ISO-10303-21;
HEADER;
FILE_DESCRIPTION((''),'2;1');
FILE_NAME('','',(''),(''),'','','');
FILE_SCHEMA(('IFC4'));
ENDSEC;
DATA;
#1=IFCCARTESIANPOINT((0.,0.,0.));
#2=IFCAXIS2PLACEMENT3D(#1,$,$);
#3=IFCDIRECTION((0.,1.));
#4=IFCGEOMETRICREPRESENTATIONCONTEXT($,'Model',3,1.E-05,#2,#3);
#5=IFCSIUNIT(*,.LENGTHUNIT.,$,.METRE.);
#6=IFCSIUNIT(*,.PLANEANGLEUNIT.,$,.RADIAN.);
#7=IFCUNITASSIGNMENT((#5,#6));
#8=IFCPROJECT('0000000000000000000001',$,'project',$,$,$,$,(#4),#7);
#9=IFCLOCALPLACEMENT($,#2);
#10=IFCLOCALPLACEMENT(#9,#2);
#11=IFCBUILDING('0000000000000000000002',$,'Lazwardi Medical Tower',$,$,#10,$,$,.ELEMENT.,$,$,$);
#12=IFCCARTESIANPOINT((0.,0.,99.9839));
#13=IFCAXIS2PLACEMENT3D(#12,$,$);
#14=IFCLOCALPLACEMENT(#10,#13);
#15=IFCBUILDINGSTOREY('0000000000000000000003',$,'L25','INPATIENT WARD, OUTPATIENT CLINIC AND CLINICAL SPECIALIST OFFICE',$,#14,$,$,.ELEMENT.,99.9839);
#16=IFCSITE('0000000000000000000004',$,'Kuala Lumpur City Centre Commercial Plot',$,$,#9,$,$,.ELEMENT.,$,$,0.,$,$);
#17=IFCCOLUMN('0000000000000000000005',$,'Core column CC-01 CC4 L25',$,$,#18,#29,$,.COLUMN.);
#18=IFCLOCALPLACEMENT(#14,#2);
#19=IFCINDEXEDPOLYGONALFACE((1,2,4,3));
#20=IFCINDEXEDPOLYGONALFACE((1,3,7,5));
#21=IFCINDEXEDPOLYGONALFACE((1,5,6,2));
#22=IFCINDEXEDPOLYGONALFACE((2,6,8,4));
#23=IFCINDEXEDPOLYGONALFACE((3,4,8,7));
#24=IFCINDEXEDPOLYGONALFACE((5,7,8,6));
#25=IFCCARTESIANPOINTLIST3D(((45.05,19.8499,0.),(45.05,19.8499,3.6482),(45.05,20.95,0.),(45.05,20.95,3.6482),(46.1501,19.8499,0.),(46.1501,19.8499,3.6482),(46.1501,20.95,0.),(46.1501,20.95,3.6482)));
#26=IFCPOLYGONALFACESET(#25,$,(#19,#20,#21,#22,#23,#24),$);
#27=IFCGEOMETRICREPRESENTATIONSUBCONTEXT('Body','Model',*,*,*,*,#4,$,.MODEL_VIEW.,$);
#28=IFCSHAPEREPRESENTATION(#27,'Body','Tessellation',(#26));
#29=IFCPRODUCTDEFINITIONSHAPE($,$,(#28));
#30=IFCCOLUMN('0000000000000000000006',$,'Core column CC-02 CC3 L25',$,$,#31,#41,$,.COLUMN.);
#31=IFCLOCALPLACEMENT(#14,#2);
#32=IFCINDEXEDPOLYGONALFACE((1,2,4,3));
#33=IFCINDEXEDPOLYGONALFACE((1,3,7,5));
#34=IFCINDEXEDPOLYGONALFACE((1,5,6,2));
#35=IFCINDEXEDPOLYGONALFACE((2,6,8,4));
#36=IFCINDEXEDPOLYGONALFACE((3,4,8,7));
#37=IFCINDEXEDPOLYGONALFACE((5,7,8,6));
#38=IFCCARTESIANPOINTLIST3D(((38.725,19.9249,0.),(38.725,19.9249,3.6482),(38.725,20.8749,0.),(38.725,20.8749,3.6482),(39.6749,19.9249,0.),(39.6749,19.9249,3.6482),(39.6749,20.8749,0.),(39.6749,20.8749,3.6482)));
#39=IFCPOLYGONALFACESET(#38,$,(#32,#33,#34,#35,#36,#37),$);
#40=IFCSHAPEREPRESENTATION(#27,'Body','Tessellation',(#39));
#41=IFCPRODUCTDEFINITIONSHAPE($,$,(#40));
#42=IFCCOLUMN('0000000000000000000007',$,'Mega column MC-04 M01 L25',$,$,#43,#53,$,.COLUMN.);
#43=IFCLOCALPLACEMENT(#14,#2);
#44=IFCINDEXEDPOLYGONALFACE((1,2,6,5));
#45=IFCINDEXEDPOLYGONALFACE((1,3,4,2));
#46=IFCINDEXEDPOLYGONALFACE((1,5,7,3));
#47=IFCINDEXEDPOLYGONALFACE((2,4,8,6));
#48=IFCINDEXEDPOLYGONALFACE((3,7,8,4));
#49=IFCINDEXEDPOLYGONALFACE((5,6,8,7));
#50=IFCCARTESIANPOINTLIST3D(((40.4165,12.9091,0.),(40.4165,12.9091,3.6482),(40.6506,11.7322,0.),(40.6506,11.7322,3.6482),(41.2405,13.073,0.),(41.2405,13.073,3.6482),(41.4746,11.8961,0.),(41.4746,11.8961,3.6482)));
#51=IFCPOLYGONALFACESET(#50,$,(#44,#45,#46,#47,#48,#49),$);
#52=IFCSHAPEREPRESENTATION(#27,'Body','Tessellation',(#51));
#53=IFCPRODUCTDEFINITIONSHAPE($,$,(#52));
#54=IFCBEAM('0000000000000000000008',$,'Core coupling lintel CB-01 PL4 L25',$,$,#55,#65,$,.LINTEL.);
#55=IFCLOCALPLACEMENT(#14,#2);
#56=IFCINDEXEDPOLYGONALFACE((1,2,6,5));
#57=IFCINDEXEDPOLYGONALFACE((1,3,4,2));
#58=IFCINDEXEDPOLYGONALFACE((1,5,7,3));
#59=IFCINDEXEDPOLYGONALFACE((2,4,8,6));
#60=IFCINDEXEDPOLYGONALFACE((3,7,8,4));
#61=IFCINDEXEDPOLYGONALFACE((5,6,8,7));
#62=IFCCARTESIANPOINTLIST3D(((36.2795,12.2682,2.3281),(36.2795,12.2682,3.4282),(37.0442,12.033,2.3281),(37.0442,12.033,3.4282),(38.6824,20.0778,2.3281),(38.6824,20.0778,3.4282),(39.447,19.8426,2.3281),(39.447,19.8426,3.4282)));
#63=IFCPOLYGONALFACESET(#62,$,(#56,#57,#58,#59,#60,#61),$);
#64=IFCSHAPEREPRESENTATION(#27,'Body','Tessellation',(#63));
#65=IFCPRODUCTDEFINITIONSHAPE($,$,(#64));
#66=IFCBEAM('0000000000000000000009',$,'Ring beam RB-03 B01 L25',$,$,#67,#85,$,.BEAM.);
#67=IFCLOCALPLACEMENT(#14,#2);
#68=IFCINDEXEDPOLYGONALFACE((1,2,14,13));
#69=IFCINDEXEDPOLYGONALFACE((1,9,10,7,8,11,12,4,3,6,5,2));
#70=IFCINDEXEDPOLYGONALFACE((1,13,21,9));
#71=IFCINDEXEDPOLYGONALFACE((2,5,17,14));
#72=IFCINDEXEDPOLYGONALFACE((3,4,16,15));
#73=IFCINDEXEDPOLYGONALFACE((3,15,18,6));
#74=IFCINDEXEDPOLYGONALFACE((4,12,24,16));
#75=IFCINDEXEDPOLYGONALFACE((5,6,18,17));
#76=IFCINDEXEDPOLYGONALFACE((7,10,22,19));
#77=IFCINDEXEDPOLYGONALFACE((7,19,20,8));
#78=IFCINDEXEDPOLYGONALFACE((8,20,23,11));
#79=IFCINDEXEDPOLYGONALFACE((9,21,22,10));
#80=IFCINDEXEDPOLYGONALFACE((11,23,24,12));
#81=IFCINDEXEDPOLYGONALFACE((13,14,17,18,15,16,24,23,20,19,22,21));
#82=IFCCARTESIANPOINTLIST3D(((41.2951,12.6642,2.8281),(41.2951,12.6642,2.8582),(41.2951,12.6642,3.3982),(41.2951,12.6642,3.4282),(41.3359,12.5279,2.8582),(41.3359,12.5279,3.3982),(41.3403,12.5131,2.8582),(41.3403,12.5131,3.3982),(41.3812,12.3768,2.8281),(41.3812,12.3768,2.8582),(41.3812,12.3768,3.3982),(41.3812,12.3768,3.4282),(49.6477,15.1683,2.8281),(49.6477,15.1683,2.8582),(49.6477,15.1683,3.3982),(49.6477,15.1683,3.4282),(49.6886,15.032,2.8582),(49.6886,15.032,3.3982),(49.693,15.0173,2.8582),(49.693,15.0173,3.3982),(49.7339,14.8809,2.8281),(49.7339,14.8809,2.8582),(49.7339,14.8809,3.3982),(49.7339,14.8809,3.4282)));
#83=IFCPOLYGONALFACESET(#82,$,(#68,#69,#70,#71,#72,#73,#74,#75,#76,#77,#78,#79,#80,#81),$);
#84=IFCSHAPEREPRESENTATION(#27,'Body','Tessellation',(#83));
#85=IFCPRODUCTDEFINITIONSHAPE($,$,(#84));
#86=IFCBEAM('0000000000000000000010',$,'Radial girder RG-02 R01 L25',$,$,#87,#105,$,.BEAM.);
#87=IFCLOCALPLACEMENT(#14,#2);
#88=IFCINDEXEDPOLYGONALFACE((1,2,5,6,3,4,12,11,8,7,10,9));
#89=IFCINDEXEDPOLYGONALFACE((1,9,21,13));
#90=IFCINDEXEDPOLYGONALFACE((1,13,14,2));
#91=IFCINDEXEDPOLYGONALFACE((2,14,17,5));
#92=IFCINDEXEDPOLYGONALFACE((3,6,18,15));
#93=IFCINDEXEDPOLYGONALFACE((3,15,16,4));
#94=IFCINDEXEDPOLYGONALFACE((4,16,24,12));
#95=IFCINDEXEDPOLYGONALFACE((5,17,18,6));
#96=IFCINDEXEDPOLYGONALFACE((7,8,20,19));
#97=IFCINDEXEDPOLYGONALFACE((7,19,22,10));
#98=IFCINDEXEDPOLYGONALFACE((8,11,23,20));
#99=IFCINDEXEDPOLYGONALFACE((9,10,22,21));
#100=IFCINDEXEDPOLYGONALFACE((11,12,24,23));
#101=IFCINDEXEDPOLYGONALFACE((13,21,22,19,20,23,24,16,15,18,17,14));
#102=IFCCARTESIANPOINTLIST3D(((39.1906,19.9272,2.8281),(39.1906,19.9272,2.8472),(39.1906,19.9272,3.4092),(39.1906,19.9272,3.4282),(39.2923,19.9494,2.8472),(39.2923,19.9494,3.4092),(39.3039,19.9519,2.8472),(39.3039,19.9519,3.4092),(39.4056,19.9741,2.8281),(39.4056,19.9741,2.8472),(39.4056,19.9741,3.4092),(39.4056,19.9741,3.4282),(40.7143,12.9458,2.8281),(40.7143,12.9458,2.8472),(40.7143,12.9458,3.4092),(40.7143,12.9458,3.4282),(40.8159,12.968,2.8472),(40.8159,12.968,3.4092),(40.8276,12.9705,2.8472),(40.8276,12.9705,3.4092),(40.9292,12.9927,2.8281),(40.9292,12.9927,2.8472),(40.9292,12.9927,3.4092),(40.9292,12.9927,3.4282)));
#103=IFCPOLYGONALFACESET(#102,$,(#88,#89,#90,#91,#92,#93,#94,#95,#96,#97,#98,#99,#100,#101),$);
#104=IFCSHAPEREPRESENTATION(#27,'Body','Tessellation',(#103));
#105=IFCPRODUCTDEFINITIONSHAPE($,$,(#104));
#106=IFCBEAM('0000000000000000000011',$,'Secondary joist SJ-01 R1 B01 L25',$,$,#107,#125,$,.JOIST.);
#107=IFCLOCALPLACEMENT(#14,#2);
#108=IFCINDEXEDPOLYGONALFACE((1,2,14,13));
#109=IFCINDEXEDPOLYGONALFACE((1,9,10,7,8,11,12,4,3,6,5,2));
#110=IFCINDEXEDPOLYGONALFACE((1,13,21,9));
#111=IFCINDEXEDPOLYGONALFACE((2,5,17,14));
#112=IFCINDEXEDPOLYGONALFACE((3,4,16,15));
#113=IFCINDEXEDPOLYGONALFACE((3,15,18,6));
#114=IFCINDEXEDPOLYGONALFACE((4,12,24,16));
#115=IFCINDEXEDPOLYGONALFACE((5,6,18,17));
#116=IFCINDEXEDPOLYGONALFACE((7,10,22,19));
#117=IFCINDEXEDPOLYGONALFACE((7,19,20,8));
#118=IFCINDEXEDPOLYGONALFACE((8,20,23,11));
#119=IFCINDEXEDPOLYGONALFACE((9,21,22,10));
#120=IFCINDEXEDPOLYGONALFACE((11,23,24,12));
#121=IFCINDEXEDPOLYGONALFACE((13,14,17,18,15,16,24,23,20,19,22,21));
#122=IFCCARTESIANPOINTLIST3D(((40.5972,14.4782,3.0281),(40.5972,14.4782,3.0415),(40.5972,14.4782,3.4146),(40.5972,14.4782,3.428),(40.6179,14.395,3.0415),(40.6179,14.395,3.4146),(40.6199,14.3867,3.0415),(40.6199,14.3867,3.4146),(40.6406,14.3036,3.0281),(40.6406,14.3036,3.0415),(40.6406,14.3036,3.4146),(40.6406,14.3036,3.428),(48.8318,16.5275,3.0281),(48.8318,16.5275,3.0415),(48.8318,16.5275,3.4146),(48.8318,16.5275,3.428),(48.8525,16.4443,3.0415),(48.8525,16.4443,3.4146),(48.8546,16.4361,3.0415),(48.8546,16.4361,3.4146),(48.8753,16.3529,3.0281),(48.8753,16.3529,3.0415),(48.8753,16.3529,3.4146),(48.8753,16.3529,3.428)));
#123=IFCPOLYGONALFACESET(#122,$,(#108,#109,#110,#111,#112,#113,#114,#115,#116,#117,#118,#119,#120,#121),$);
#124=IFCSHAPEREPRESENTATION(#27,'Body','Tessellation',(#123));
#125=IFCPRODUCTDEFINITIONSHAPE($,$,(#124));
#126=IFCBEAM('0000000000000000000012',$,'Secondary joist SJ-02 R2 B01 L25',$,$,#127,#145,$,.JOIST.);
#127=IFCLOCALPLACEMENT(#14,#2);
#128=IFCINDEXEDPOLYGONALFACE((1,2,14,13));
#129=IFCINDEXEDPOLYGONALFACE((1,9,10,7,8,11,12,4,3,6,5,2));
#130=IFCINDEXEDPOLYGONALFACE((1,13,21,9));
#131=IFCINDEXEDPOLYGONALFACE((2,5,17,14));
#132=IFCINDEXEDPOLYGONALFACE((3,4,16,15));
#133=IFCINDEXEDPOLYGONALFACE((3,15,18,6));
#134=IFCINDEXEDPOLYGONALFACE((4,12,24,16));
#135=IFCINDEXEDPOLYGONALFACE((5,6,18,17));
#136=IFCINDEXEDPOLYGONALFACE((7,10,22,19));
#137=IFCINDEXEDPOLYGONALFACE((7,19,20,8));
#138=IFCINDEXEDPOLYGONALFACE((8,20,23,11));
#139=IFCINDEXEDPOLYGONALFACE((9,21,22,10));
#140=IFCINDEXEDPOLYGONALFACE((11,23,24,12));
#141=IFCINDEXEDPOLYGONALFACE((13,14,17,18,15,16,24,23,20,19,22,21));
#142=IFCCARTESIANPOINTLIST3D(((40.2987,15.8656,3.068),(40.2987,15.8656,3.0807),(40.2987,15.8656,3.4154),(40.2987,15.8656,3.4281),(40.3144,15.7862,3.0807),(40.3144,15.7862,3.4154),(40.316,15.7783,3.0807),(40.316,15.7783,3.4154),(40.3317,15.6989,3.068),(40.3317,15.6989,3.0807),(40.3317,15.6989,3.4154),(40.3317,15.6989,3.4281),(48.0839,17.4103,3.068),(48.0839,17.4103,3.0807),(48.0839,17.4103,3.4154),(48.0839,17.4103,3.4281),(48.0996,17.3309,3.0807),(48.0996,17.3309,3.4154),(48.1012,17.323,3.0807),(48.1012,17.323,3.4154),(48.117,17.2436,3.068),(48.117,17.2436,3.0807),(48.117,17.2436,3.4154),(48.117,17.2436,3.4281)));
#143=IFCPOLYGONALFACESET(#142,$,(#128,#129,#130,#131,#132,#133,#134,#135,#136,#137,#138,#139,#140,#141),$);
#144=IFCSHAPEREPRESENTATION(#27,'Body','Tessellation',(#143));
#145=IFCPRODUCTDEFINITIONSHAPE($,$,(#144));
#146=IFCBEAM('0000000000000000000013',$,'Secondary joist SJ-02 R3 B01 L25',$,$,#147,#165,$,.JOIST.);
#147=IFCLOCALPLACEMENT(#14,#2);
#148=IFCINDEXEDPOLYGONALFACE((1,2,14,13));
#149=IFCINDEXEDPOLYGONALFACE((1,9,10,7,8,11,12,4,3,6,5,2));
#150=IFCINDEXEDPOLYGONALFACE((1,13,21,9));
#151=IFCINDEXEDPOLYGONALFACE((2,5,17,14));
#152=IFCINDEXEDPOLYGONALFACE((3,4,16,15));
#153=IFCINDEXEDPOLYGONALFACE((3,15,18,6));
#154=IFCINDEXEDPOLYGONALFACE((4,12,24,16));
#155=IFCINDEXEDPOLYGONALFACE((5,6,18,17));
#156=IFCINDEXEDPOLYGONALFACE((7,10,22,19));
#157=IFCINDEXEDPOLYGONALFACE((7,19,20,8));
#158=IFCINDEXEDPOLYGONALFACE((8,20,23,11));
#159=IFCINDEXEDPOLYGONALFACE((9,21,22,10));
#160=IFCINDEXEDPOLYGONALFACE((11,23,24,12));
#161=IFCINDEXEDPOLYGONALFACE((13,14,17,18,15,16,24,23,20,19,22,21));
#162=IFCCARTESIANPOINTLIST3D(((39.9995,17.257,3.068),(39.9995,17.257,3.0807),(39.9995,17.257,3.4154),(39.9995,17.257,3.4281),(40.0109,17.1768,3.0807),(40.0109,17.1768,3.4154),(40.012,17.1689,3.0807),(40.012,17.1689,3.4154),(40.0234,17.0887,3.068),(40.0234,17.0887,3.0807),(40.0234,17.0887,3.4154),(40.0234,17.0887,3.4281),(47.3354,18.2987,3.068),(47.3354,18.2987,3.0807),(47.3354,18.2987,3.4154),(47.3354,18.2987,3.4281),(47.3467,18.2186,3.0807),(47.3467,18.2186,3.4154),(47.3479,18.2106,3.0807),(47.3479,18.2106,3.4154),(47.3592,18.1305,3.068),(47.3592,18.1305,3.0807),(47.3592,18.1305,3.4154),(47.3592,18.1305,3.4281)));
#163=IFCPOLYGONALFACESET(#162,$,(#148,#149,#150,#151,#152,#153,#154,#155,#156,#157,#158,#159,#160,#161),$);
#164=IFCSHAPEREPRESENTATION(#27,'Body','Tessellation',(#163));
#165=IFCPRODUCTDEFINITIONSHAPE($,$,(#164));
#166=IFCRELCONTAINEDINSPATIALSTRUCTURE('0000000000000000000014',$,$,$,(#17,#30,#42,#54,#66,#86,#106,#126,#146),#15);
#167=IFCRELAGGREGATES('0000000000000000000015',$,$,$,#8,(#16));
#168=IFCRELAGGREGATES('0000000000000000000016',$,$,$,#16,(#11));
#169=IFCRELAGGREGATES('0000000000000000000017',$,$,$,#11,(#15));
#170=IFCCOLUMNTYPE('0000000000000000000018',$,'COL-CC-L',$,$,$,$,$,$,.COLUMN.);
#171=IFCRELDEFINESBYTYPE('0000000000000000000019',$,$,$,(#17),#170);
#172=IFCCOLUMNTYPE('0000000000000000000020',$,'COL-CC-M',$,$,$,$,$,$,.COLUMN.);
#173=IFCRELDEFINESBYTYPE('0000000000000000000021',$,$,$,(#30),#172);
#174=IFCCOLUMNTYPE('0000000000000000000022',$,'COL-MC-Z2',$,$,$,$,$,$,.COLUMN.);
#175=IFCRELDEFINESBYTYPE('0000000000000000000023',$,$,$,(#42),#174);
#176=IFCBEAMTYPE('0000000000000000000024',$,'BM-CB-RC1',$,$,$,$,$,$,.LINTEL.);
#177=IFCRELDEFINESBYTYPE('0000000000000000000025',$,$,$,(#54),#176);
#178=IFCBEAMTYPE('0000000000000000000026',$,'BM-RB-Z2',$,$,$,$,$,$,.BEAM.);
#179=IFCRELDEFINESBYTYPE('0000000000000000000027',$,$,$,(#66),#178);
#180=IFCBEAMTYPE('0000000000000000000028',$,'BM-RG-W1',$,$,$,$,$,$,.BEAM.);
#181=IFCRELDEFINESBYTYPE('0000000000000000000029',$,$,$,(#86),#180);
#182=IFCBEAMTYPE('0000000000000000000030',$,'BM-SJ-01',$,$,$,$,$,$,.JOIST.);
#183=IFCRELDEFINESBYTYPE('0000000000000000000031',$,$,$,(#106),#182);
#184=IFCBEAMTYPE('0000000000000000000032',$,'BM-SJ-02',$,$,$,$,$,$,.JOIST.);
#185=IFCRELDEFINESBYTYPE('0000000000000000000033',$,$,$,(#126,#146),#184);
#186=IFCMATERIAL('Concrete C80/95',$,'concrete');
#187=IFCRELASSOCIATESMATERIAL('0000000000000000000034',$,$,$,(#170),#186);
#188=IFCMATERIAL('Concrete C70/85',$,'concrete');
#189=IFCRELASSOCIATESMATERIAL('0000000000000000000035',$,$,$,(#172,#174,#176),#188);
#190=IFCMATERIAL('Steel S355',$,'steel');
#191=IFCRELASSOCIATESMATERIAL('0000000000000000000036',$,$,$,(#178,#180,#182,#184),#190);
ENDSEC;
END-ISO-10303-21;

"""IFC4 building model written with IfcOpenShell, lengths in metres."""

from ifc_helpers import new_model, si_unit, direction, frame, origin, origin_2d, place, context, subcontext, project, spatial, rectangle, i_section, extrude, material, material_profile, profile_set, type_object, element, save


model = new_model("IFC4")

# Units and contexts
model_context = context("Model", 3, precision=1e-05, world=origin(), true_north=direction((0.0, 1.0)))
body_context = subcontext(model_context, "Body", "Model", "MODEL_VIEW")
ifc_project = project(units=[si_unit("LENGTHUNIT", "METRE"), si_unit("PLANEANGLEUNIT", "RADIAN")], contexts=[model_context])

# Site, building, storey
site_placement = place(None, origin())
site = spatial("IfcSite", under=ifc_project, at=site_placement, Name="Kuala Lumpur City Centre Commercial Plot", CompositionType="ELEMENT", RefElevation=0.0)
building_placement = place(site_placement, origin())
building = spatial("IfcBuilding", under=site, at=building_placement, Name="Lazwardi Medical Tower", CompositionType="ELEMENT")
storey_placement = place(building_placement, frame((0.0, 0.0, 99.9839)))
storey = spatial("IfcBuildingStorey", under=building, at=storey_placement, Name="L25", Description="INPATIENT WARD, OUTPATIENT CLINIC AND CLINICAL SPECIALIST OFFICE", CompositionType="ELEMENT", Elevation=99.9839)

# Columns
ifc_material_1 = material(Name="Concrete C80/95", Category="concrete")
ifc_material_profile_1 = material_profile(ifc_material_1, rectangle(XDim=1.1001, YDim=1.1001, at=origin_2d()), Name="RC 1100x1100")
ifc_profile_set_1 = profile_set([ifc_material_profile_1], Name="Concrete C80/95")
column_type_1 = type_object("IfcColumnType", Name="COL-CC-L", PredefinedType="COLUMN", material=ifc_profile_set_1)
column_1_placement = place(storey_placement, frame((45.6001, 20.3999, 0.0), z_axis=(0.0, 0.0, 1.0), x_axis=(1.0, 0.0, 0.0)))
element("IfcColumn", 1, at=column_1_placement, inside=storey, type_object=column_type_1, Name="Core column CC-01 CC4 L25", PredefinedType="COLUMN", context=body_context, shape_type="SweptSolid", body=[
    extrude(rectangle(XDim=1.1001, YDim=1.1001, at=origin_2d()), origin(), (0.0, 0.0, 1.0), 3.6482),
])
ifc_material_2 = material(Name="Concrete C70/85", Category="concrete")
ifc_material_profile_2 = material_profile(ifc_material_2, rectangle(XDim=0.95, YDim=0.95, at=origin_2d()), Name="RC 950x950")
ifc_profile_set_2 = profile_set([ifc_material_profile_2], Name="Concrete C70/85")
column_type_2 = type_object("IfcColumnType", Name="COL-CC-M", PredefinedType="COLUMN", material=ifc_profile_set_2)
column_2_placement = place(storey_placement, frame((39.2, 20.3999, 0.0), z_axis=(0.0, 0.0, 1.0), x_axis=(1.0, 0.0, 0.0)))
element("IfcColumn", 2, at=column_2_placement, inside=storey, type_object=column_type_2, Name="Core column CC-02 CC3 L25", PredefinedType="COLUMN", context=body_context, shape_type="SweptSolid", body=[
    extrude(rectangle(XDim=0.95, YDim=0.95, at=origin_2d()), origin(), (0.0, 0.0, 1.0), 3.6482),
])
ifc_material_profile_3 = material_profile(ifc_material_2, rectangle(XDim=1.2, YDim=0.8401, at=origin_2d()), Name="CFT-RECT 1200x840")
ifc_profile_set_3 = profile_set([ifc_material_profile_3], Name="Concrete C70/85")
column_type_3 = type_object("IfcColumnType", Name="COL-MC-Z2", PredefinedType="COLUMN", material=ifc_profile_set_3)
column_3_placement = place(storey_placement, frame((40.9456, 12.4026, 0.0), z_axis=(0.0, 0.0, 1.0), x_axis=(0.19509, -0.980785, 0.0)))
element("IfcColumn", 3, at=column_3_placement, inside=storey, type_object=column_type_3, Name="Mega column MC-04 M01 L25", PredefinedType="COLUMN", context=body_context, shape_type="SweptSolid", body=[
    extrude(rectangle(XDim=1.2, YDim=0.8401, at=origin_2d()), origin(), (0.0, 0.0, 1.0), 3.6482),
])

# Beams
ifc_material_profile_4 = material_profile(ifc_material_2, rectangle(XDim=0.8, YDim=1.1001, at=origin_2d()), Name="RC 800x1100")
ifc_profile_set_4 = profile_set([ifc_material_profile_4], Name="Concrete C70/85")
beam_type_1 = type_object("IfcBeamType", Name="BM-CB-RC1", PredefinedType="LINTEL", material=ifc_profile_set_4)
beam_1_placement = place(storey_placement, frame((39.0647, 19.9602, 2.8782), z_axis=(-0.294073, -0.955783, 0.0), x_axis=(0.955783, -0.294073, 0.0)))
element("IfcBeam", 4, at=beam_1_placement, inside=storey, type_object=beam_type_1, Name="Core coupling lintel CB-01 PL4 L25", PredefinedType="LINTEL", context=body_context, shape_type="SweptSolid", body=[
    extrude(rectangle(XDim=0.8, YDim=1.1001, at=origin_2d()), origin(), (0.0, 0.0, 1.0), 8.1709),
])
ifc_material_3 = material(Name="Steel S355", Category="steel")
ifc_material_profile_5 = material_profile(ifc_material_3, i_section(OverallWidth=0.3, OverallDepth=0.6001, WebThickness=0.0154, FlangeThickness=0.03, at=origin_2d()), Name="HEB 600")
ifc_profile_set_5 = profile_set([ifc_material_profile_5], Name="Steel S355")
beam_type_2 = type_object("IfcBeamType", Name="BM-RB-Z2", PredefinedType="BEAM", material=ifc_profile_set_5)
beam_2_placement = place(storey_placement, frame((41.3381, 12.5205, 3.1282), z_axis=(0.957879, 0.287171, 0.0), x_axis=(-0.287171, 0.957879, 0.0)))
element("IfcBeam", 5, at=beam_2_placement, inside=storey, type_object=beam_type_2, Name="Ring beam RB-03 B01 L25", PredefinedType="BEAM", context=body_context, shape_type="SweptSolid", body=[
    extrude(i_section(OverallWidth=0.3, OverallDepth=0.6001, WebThickness=0.0154, FlangeThickness=0.03, at=origin_2d()), origin(), (0.0, 0.0, 1.0), 8.72),
])
ifc_material_profile_6 = material_profile(ifc_material_3, i_section(OverallWidth=0.22, OverallDepth=0.6001, WebThickness=0.012, FlangeThickness=0.019, at=origin_2d()), Name="IPE 600")
ifc_profile_set_6 = profile_set([ifc_material_profile_6], Name="Steel S355")
beam_type_3 = type_object("IfcBeamType", Name="BM-RG-W1", PredefinedType="BEAM", material=ifc_profile_set_6)
beam_3_placement = place(storey_placement, frame((40.8218, 12.9692, 3.1282), z_axis=(-0.213228, 0.977002, 0.0), x_axis=(-0.977002, -0.213228, 0.0)))
element("IfcBeam", 6, at=beam_3_placement, inside=storey, type_object=beam_type_3, Name="Radial girder RG-02 R01 L25", PredefinedType="BEAM", context=body_context, shape_type="SweptSolid", body=[
    extrude(i_section(OverallWidth=0.22, OverallDepth=0.6001, WebThickness=0.012, FlangeThickness=0.019, at=origin_2d()), origin(), (0.0, 0.0, 1.0), 7.1458),
])
ifc_material_profile_7 = material_profile(ifc_material_3, i_section(OverallWidth=0.1799, OverallDepth=0.3999, WebThickness=0.0085, FlangeThickness=0.0134, at=origin_2d()), Name="IPE 400")
ifc_profile_set_7 = profile_set([ifc_material_profile_7], Name="Steel S355")
beam_type_4 = type_object("IfcBeamType", Name="BM-SJ-01", PredefinedType="JOIST", material=ifc_profile_set_7)
beam_4_placement = place(storey_placement, frame((40.6189, 14.3909, 3.228), z_axis=(0.970401, 0.2415, 0.0), x_axis=(-0.2415, 0.970401, 0.0)))
element("IfcBeam", 7, at=beam_4_placement, inside=storey, type_object=beam_type_4, Name="Secondary joist SJ-01 R1 B01 L25", PredefinedType="JOIST", context=body_context, shape_type="SweptSolid", body=[
    extrude(i_section(OverallWidth=0.1799, OverallDepth=0.3999, WebThickness=0.0085, FlangeThickness=0.0134, at=origin_2d()), origin(), (0.0, 0.0, 1.0), 8.4858),
])
ifc_material_profile_8 = material_profile(ifc_material_3, i_section(OverallWidth=0.1699, OverallDepth=0.3601, WebThickness=0.0081, FlangeThickness=0.0127, at=origin_2d()), Name="IPE 360")
ifc_profile_set_8 = profile_set([ifc_material_profile_8], Name="Steel S355")
beam_type_5 = type_object("IfcBeamType", Name="BM-SJ-02", PredefinedType="JOIST", material=ifc_profile_set_8)
beam_5_placement = place(storey_placement, frame((40.3152, 15.7822, 3.248), z_axis=(0.980879, 0.194619, 0.0), x_axis=(-0.194619, 0.980879, 0.0)))
element("IfcBeam", 8, at=beam_5_placement, inside=storey, type_object=beam_type_5, Name="Secondary joist SJ-02 R2 B01 L25", PredefinedType="JOIST", context=body_context, shape_type="SweptSolid", body=[
    extrude(i_section(OverallWidth=0.1699, OverallDepth=0.3601, WebThickness=0.0081, FlangeThickness=0.0127, at=origin_2d()), origin(), (0.0, 0.0, 1.0), 7.937),
])
beam_6_placement = place(storey_placement, frame((40.0115, 17.1729, 3.248), z_axis=(0.990067, 0.140596, 0.0), x_axis=(-0.140596, 0.990067, 0.0)))
element("IfcBeam", 9, at=beam_6_placement, inside=storey, type_object=beam_type_5, Name="Secondary joist SJ-02 R3 B01 L25", PredefinedType="JOIST", context=body_context, shape_type="SweptSolid", body=[
    extrude(i_section(OverallWidth=0.1699, OverallDepth=0.3601, WebThickness=0.0081, FlangeThickness=0.0127, at=origin_2d()), origin(), (0.0, 0.0, 1.0), 7.4094),
])

save(model, "model.ifc")
